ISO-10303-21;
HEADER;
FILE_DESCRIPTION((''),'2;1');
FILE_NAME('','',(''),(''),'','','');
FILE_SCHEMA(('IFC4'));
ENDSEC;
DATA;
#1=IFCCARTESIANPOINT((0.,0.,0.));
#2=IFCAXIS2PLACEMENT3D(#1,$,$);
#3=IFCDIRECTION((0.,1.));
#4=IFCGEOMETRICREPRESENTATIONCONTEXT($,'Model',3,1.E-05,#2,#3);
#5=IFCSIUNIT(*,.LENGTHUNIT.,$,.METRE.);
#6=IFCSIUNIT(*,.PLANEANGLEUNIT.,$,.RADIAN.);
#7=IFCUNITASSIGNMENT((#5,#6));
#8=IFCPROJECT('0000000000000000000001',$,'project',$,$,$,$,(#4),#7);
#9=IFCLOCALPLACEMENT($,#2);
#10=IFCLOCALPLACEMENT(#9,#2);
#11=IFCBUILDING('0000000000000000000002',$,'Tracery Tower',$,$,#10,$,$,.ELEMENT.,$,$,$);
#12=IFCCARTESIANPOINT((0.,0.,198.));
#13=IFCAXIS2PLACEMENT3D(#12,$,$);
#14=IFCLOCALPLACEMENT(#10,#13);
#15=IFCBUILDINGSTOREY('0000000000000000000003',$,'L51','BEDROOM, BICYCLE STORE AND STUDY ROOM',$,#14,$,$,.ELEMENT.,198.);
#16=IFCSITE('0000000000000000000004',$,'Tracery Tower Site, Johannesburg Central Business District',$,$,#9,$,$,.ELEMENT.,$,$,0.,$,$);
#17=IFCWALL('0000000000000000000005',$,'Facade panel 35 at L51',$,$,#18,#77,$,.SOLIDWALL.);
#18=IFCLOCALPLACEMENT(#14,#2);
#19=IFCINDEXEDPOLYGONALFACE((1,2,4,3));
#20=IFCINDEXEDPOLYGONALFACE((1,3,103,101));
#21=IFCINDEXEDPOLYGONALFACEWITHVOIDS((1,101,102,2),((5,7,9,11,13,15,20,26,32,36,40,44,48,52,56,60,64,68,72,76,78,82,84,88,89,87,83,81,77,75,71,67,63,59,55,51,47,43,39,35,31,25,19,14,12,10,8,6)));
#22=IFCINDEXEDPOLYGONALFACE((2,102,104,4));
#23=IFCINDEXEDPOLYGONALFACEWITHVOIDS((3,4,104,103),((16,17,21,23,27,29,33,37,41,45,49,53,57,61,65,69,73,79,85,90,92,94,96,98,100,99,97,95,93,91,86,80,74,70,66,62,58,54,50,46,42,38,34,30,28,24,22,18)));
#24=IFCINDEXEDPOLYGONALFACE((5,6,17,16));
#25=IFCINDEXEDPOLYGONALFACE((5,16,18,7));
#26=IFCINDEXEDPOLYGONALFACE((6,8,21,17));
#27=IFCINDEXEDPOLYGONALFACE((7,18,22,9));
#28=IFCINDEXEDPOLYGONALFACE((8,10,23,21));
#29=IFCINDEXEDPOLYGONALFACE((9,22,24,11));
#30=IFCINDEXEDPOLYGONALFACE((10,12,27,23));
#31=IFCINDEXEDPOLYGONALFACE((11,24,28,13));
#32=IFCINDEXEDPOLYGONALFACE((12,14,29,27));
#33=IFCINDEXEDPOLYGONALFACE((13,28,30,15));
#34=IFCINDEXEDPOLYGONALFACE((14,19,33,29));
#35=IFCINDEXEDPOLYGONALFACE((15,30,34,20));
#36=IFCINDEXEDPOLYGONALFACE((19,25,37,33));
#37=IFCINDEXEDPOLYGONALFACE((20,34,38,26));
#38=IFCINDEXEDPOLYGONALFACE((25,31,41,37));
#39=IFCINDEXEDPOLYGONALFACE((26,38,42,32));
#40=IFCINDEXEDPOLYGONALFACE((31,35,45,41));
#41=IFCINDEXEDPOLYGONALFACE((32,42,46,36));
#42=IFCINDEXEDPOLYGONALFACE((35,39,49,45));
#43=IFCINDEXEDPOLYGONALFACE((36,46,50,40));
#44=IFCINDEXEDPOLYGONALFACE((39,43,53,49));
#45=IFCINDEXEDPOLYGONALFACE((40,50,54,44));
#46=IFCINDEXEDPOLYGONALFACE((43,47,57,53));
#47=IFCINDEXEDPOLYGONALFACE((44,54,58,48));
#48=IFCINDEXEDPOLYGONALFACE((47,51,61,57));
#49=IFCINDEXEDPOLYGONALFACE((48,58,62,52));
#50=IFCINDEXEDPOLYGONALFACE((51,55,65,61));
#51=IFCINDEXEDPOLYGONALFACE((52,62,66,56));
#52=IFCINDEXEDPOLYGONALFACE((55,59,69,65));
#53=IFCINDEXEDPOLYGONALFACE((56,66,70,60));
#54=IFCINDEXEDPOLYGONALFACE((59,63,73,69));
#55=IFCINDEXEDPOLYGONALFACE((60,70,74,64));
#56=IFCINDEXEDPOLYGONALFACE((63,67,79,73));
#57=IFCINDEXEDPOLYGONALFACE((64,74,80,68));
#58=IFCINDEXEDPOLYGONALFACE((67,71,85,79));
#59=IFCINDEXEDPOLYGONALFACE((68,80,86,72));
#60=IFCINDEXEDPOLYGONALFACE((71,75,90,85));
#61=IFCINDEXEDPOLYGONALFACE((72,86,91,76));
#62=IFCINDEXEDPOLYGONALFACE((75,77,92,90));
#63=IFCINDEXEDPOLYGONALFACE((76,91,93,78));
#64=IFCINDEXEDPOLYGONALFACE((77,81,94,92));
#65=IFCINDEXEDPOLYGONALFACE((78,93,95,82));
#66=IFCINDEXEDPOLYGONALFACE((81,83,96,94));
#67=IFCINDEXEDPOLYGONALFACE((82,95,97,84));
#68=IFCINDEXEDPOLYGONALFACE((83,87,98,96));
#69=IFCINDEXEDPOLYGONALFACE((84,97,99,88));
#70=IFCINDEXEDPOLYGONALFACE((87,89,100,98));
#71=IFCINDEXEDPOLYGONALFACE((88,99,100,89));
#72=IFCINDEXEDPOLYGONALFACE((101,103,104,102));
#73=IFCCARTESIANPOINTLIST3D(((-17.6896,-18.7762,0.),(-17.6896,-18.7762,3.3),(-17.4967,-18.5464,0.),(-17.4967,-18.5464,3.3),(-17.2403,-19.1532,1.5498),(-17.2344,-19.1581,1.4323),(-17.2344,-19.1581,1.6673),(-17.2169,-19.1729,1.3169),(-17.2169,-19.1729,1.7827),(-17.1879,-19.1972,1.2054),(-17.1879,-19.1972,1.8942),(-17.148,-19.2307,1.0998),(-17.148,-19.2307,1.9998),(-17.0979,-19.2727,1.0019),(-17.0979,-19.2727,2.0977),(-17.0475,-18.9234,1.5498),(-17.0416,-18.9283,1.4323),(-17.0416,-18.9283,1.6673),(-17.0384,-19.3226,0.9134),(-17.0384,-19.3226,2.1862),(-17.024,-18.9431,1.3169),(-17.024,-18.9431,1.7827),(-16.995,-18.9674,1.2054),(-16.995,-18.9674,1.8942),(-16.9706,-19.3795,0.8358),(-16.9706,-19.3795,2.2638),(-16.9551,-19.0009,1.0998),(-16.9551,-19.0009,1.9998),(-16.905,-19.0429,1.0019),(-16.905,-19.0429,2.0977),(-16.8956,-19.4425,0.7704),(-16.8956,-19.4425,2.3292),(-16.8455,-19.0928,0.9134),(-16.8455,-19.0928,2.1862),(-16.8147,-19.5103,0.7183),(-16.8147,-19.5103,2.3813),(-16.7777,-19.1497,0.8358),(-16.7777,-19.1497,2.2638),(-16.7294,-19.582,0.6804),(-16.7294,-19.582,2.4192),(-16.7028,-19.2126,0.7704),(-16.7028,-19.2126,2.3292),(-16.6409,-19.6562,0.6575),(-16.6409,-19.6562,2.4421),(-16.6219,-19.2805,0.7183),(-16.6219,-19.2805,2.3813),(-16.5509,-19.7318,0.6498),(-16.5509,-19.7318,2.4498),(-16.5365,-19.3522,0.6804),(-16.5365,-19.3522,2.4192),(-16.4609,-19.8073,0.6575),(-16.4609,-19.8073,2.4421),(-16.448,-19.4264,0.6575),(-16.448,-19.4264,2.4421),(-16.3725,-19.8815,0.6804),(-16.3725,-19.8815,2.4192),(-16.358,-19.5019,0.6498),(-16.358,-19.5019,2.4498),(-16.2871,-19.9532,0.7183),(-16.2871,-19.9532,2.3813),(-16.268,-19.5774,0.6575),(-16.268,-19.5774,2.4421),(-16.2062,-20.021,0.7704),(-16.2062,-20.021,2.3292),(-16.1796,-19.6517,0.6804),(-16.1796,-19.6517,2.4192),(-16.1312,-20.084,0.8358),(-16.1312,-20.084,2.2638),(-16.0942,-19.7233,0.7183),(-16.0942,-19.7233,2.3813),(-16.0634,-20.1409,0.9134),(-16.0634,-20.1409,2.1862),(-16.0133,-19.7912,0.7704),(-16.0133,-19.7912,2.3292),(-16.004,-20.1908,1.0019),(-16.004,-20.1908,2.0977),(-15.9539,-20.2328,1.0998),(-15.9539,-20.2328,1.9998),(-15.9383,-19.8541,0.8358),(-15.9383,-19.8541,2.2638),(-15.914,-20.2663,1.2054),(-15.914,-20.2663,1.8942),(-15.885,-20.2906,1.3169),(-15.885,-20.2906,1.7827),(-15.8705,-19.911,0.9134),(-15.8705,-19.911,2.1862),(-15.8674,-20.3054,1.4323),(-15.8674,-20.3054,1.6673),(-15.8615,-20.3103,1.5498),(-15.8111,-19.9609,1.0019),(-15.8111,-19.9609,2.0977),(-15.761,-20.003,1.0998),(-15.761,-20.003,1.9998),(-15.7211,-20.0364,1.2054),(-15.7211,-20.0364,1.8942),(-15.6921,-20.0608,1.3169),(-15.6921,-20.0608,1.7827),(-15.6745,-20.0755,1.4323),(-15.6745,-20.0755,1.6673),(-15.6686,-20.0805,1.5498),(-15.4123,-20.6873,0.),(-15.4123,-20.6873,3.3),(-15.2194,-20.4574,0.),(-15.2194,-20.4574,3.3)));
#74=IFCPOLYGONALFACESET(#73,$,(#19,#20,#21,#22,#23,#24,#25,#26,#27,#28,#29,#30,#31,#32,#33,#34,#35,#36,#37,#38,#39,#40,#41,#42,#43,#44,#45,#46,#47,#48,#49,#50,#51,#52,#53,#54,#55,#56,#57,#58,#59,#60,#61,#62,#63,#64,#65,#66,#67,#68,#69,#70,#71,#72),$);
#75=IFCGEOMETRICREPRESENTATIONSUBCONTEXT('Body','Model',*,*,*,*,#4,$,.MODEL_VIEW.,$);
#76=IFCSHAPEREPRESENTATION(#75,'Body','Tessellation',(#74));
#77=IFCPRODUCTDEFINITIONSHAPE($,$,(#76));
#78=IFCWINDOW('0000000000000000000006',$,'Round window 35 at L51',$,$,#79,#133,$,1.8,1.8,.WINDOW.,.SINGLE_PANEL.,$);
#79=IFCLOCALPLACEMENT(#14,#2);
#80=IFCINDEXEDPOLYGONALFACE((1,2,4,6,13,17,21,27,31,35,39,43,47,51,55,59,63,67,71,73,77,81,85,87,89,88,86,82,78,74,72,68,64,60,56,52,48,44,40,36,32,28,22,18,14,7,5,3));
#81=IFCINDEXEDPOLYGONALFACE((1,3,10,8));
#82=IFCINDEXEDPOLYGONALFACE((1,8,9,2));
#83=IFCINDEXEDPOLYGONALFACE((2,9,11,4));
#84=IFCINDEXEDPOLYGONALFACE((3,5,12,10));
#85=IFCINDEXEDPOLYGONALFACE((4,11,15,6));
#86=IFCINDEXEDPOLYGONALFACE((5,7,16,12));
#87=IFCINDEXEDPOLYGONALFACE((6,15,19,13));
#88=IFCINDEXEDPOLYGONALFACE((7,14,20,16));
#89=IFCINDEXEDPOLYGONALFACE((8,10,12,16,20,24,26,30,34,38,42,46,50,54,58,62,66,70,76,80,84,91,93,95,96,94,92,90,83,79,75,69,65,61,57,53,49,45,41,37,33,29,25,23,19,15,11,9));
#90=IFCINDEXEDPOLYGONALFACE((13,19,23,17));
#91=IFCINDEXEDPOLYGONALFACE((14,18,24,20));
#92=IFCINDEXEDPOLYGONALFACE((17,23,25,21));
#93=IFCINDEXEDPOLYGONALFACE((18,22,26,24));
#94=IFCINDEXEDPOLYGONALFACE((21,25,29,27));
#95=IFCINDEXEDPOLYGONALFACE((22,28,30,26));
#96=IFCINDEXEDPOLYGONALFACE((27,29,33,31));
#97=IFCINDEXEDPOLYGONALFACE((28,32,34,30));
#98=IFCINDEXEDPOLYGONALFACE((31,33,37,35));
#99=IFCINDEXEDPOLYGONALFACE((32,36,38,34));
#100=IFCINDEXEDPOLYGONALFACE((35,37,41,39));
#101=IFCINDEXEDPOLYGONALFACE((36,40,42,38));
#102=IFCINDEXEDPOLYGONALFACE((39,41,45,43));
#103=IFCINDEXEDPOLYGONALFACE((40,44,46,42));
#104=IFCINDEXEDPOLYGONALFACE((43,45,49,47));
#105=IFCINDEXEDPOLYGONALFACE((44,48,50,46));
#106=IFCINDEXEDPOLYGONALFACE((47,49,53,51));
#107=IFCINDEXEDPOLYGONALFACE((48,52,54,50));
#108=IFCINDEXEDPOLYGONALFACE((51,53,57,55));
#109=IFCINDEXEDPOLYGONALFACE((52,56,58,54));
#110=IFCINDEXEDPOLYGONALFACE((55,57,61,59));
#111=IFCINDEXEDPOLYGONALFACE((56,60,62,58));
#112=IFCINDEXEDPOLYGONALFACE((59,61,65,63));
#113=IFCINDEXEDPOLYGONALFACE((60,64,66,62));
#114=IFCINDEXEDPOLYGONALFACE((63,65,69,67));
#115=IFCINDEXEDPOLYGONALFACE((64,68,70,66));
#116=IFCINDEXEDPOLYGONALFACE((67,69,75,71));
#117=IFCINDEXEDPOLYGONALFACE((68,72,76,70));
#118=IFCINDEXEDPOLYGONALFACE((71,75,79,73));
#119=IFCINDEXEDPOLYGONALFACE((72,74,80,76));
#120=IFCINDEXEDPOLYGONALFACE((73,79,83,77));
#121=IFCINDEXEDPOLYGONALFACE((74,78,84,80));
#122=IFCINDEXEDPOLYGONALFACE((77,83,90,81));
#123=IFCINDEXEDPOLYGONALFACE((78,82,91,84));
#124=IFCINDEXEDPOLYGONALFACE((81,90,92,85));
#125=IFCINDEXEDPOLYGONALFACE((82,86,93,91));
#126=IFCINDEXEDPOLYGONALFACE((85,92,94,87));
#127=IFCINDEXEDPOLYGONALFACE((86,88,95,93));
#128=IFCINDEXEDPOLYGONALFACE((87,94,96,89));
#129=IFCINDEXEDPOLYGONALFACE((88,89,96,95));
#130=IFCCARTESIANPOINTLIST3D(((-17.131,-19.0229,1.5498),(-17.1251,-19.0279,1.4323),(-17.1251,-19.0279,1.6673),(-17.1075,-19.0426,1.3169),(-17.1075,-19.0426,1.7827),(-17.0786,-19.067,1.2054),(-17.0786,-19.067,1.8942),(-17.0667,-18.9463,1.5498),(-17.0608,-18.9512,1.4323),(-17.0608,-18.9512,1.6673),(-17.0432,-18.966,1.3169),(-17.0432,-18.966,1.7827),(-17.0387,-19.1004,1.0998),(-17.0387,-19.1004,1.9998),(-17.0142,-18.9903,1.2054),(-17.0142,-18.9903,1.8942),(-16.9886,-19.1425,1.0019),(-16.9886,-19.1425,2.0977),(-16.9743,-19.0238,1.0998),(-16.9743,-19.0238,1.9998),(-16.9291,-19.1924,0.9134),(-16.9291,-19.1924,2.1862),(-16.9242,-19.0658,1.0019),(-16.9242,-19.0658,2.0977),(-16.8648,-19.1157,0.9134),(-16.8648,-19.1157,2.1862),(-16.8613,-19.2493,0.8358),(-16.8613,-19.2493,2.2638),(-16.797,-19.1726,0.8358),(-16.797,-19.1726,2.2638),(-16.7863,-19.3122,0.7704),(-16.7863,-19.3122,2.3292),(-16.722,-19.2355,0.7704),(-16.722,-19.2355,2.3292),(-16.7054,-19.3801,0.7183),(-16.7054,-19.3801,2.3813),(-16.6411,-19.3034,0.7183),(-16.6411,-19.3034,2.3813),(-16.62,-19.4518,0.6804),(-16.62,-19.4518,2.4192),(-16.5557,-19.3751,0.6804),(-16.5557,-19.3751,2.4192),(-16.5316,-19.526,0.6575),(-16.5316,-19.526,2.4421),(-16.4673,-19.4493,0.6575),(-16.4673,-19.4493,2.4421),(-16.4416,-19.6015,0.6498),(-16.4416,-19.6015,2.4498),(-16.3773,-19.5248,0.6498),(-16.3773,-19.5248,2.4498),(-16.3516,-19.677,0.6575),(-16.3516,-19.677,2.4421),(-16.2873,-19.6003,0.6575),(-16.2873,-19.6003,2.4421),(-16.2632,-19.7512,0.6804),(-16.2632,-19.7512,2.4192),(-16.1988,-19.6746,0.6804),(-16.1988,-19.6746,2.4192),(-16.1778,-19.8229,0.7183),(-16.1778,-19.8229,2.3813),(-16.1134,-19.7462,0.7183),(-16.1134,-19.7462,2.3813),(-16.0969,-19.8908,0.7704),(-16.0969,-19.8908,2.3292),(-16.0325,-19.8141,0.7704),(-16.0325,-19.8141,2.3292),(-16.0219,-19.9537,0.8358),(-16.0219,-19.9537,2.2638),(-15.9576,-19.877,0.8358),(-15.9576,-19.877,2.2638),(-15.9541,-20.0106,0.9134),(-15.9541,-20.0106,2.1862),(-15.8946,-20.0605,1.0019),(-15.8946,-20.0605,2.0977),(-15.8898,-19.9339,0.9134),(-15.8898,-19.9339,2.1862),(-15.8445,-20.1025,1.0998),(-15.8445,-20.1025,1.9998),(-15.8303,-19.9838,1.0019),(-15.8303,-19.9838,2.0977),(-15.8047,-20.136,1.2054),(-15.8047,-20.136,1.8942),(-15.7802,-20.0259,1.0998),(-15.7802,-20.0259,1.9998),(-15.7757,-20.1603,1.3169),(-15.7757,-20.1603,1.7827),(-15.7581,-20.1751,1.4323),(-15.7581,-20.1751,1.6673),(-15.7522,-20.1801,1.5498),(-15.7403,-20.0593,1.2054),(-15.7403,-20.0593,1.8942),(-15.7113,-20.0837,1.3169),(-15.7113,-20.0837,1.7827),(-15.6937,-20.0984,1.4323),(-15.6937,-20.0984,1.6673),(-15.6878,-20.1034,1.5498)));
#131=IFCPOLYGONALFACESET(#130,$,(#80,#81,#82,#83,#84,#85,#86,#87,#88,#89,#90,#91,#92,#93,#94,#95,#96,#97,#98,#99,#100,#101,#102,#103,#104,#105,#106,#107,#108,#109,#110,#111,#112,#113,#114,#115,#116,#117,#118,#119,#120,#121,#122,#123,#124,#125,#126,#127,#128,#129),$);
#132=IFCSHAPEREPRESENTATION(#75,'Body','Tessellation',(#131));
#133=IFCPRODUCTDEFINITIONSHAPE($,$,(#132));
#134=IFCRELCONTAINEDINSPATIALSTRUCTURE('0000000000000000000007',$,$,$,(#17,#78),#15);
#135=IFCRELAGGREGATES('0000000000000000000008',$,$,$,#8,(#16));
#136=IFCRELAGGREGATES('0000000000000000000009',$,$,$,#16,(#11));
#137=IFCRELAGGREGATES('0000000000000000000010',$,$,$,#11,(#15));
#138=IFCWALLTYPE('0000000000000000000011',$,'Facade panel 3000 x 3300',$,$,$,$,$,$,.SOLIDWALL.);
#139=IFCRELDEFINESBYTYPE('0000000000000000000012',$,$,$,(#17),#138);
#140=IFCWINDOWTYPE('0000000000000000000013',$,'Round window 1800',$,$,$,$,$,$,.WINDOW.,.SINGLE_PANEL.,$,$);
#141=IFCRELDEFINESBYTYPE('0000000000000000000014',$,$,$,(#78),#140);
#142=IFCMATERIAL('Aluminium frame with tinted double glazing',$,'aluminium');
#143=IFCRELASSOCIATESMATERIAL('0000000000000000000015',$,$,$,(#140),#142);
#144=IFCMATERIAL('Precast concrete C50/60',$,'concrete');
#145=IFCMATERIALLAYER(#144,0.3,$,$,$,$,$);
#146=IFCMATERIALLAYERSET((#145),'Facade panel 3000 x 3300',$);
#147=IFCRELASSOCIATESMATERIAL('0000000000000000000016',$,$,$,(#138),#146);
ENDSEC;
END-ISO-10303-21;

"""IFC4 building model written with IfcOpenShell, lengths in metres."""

from ifc_helpers import new_model, si_unit, direction, frame, frame_2d, origin, origin_2d, place, context, subcontext, project, spatial, rectangle, circle, extrude, material, layer, layer_set, type_object, element, fill, save


model = new_model("IFC4")

# Units and contexts
model_context = context("Model", 3, precision=1e-05, world=origin(), true_north=direction((0.0, 1.0)))
body_context = subcontext(model_context, "Body", "Model", "MODEL_VIEW")
ifc_project = project(units=[si_unit("LENGTHUNIT", "METRE"), si_unit("PLANEANGLEUNIT", "RADIAN")], contexts=[model_context])

# Site, building, storey
site_placement = place(None, origin())
site = spatial("IfcSite", under=ifc_project, at=site_placement, Name="Tracery Tower Site, Johannesburg Central Business District", CompositionType="ELEMENT", RefElevation=0.0)
building_placement = place(site_placement, origin())
building = spatial("IfcBuilding", under=site, at=building_placement, Name="Tracery Tower", CompositionType="ELEMENT")
storey_placement = place(building_placement, frame((0.0, 0.0, 198.0)))
storey = spatial("IfcBuildingStorey", under=building, at=storey_placement, Name="L51", Description="BEDROOM, BICYCLE STORE AND STUDY ROOM", CompositionType="ELEMENT", Elevation=198.0)

# Wall, opening, window
ifc_material_1 = material(Name="Aluminium frame with tinted double glazing", Category="aluminium")
window_type = type_object("IfcWindowType", Name="Round window 1800", PartitioningType="SINGLE_PANEL", PredefinedType="WINDOW", material=ifc_material_1)
ifc_material_2 = material(Name="Precast concrete C50/60", Category="concrete")
ifc_layer_1 = layer(ifc_material_2, 0.3)
ifc_layer_set_1 = layer_set([ifc_layer_1], Name="Facade panel 3000 x 3300")
wall_type_1 = type_object("IfcWallType", Name="Facade panel 3000 x 3300", PredefinedType="SOLIDWALL", material=ifc_layer_set_1)
wall_1_placement = place(storey_placement, frame((-17.593, -18.6614, 0.0), z_axis=(0.0, 0.0, 1.0), x_axis=(0.766009, -0.64283, 0.0)))
wall_1 = element("IfcWall", 1, at=wall_1_placement, inside=storey, type_object=wall_type_1, Name="Facade panel 35 at L51", PredefinedType="SOLIDWALL", context=body_context, shape_type="SweptSolid", body=[
    extrude(rectangle(XDim=2.9729, YDim=0.3, at=frame_2d((1.4863, 0.0))), origin(), (0.0, 0.0, 1.0), 3.3),
])
opening_1_placement = place(wall_1_placement, frame((1.4863, 0.0, 1.5498)))
opening_1 = element("IfcOpeningElement", 2, at=opening_1_placement, cuts=wall_1, PredefinedType="OPENING", context=body_context, shape_type="SweptSolid", body=[
    extrude(circle(Radius=0.9, at=origin_2d()), frame((0.0, 0.1599, 0.0), z_axis=(0.0, -1.0, 0.0), x_axis=(1.0, 0.0, 0.0)), (0.0, 0.0, 1.0), 0.3201),
])
window_1_placement = place(opening_1_placement, origin())
window_1 = element("IfcWindow", 3, at=window_1_placement, inside=storey, type_object=window_type, Name="Round window 35 at L51", OverallHeight=1.8, OverallWidth=1.8, PartitioningType="SINGLE_PANEL", PredefinedType="WINDOW", context=body_context, shape_type="SweptSolid", body=[
    extrude(circle(Radius=0.9, at=origin_2d()), frame((0.0, 0.1201, 0.0), z_axis=(0.0, -1.0, 0.0), x_axis=(1.0, 0.0, 0.0)), (0.0, 0.0, 1.0), 0.1001),
])
fill(opening_1, window_1)

save(model, "model.ifc")
